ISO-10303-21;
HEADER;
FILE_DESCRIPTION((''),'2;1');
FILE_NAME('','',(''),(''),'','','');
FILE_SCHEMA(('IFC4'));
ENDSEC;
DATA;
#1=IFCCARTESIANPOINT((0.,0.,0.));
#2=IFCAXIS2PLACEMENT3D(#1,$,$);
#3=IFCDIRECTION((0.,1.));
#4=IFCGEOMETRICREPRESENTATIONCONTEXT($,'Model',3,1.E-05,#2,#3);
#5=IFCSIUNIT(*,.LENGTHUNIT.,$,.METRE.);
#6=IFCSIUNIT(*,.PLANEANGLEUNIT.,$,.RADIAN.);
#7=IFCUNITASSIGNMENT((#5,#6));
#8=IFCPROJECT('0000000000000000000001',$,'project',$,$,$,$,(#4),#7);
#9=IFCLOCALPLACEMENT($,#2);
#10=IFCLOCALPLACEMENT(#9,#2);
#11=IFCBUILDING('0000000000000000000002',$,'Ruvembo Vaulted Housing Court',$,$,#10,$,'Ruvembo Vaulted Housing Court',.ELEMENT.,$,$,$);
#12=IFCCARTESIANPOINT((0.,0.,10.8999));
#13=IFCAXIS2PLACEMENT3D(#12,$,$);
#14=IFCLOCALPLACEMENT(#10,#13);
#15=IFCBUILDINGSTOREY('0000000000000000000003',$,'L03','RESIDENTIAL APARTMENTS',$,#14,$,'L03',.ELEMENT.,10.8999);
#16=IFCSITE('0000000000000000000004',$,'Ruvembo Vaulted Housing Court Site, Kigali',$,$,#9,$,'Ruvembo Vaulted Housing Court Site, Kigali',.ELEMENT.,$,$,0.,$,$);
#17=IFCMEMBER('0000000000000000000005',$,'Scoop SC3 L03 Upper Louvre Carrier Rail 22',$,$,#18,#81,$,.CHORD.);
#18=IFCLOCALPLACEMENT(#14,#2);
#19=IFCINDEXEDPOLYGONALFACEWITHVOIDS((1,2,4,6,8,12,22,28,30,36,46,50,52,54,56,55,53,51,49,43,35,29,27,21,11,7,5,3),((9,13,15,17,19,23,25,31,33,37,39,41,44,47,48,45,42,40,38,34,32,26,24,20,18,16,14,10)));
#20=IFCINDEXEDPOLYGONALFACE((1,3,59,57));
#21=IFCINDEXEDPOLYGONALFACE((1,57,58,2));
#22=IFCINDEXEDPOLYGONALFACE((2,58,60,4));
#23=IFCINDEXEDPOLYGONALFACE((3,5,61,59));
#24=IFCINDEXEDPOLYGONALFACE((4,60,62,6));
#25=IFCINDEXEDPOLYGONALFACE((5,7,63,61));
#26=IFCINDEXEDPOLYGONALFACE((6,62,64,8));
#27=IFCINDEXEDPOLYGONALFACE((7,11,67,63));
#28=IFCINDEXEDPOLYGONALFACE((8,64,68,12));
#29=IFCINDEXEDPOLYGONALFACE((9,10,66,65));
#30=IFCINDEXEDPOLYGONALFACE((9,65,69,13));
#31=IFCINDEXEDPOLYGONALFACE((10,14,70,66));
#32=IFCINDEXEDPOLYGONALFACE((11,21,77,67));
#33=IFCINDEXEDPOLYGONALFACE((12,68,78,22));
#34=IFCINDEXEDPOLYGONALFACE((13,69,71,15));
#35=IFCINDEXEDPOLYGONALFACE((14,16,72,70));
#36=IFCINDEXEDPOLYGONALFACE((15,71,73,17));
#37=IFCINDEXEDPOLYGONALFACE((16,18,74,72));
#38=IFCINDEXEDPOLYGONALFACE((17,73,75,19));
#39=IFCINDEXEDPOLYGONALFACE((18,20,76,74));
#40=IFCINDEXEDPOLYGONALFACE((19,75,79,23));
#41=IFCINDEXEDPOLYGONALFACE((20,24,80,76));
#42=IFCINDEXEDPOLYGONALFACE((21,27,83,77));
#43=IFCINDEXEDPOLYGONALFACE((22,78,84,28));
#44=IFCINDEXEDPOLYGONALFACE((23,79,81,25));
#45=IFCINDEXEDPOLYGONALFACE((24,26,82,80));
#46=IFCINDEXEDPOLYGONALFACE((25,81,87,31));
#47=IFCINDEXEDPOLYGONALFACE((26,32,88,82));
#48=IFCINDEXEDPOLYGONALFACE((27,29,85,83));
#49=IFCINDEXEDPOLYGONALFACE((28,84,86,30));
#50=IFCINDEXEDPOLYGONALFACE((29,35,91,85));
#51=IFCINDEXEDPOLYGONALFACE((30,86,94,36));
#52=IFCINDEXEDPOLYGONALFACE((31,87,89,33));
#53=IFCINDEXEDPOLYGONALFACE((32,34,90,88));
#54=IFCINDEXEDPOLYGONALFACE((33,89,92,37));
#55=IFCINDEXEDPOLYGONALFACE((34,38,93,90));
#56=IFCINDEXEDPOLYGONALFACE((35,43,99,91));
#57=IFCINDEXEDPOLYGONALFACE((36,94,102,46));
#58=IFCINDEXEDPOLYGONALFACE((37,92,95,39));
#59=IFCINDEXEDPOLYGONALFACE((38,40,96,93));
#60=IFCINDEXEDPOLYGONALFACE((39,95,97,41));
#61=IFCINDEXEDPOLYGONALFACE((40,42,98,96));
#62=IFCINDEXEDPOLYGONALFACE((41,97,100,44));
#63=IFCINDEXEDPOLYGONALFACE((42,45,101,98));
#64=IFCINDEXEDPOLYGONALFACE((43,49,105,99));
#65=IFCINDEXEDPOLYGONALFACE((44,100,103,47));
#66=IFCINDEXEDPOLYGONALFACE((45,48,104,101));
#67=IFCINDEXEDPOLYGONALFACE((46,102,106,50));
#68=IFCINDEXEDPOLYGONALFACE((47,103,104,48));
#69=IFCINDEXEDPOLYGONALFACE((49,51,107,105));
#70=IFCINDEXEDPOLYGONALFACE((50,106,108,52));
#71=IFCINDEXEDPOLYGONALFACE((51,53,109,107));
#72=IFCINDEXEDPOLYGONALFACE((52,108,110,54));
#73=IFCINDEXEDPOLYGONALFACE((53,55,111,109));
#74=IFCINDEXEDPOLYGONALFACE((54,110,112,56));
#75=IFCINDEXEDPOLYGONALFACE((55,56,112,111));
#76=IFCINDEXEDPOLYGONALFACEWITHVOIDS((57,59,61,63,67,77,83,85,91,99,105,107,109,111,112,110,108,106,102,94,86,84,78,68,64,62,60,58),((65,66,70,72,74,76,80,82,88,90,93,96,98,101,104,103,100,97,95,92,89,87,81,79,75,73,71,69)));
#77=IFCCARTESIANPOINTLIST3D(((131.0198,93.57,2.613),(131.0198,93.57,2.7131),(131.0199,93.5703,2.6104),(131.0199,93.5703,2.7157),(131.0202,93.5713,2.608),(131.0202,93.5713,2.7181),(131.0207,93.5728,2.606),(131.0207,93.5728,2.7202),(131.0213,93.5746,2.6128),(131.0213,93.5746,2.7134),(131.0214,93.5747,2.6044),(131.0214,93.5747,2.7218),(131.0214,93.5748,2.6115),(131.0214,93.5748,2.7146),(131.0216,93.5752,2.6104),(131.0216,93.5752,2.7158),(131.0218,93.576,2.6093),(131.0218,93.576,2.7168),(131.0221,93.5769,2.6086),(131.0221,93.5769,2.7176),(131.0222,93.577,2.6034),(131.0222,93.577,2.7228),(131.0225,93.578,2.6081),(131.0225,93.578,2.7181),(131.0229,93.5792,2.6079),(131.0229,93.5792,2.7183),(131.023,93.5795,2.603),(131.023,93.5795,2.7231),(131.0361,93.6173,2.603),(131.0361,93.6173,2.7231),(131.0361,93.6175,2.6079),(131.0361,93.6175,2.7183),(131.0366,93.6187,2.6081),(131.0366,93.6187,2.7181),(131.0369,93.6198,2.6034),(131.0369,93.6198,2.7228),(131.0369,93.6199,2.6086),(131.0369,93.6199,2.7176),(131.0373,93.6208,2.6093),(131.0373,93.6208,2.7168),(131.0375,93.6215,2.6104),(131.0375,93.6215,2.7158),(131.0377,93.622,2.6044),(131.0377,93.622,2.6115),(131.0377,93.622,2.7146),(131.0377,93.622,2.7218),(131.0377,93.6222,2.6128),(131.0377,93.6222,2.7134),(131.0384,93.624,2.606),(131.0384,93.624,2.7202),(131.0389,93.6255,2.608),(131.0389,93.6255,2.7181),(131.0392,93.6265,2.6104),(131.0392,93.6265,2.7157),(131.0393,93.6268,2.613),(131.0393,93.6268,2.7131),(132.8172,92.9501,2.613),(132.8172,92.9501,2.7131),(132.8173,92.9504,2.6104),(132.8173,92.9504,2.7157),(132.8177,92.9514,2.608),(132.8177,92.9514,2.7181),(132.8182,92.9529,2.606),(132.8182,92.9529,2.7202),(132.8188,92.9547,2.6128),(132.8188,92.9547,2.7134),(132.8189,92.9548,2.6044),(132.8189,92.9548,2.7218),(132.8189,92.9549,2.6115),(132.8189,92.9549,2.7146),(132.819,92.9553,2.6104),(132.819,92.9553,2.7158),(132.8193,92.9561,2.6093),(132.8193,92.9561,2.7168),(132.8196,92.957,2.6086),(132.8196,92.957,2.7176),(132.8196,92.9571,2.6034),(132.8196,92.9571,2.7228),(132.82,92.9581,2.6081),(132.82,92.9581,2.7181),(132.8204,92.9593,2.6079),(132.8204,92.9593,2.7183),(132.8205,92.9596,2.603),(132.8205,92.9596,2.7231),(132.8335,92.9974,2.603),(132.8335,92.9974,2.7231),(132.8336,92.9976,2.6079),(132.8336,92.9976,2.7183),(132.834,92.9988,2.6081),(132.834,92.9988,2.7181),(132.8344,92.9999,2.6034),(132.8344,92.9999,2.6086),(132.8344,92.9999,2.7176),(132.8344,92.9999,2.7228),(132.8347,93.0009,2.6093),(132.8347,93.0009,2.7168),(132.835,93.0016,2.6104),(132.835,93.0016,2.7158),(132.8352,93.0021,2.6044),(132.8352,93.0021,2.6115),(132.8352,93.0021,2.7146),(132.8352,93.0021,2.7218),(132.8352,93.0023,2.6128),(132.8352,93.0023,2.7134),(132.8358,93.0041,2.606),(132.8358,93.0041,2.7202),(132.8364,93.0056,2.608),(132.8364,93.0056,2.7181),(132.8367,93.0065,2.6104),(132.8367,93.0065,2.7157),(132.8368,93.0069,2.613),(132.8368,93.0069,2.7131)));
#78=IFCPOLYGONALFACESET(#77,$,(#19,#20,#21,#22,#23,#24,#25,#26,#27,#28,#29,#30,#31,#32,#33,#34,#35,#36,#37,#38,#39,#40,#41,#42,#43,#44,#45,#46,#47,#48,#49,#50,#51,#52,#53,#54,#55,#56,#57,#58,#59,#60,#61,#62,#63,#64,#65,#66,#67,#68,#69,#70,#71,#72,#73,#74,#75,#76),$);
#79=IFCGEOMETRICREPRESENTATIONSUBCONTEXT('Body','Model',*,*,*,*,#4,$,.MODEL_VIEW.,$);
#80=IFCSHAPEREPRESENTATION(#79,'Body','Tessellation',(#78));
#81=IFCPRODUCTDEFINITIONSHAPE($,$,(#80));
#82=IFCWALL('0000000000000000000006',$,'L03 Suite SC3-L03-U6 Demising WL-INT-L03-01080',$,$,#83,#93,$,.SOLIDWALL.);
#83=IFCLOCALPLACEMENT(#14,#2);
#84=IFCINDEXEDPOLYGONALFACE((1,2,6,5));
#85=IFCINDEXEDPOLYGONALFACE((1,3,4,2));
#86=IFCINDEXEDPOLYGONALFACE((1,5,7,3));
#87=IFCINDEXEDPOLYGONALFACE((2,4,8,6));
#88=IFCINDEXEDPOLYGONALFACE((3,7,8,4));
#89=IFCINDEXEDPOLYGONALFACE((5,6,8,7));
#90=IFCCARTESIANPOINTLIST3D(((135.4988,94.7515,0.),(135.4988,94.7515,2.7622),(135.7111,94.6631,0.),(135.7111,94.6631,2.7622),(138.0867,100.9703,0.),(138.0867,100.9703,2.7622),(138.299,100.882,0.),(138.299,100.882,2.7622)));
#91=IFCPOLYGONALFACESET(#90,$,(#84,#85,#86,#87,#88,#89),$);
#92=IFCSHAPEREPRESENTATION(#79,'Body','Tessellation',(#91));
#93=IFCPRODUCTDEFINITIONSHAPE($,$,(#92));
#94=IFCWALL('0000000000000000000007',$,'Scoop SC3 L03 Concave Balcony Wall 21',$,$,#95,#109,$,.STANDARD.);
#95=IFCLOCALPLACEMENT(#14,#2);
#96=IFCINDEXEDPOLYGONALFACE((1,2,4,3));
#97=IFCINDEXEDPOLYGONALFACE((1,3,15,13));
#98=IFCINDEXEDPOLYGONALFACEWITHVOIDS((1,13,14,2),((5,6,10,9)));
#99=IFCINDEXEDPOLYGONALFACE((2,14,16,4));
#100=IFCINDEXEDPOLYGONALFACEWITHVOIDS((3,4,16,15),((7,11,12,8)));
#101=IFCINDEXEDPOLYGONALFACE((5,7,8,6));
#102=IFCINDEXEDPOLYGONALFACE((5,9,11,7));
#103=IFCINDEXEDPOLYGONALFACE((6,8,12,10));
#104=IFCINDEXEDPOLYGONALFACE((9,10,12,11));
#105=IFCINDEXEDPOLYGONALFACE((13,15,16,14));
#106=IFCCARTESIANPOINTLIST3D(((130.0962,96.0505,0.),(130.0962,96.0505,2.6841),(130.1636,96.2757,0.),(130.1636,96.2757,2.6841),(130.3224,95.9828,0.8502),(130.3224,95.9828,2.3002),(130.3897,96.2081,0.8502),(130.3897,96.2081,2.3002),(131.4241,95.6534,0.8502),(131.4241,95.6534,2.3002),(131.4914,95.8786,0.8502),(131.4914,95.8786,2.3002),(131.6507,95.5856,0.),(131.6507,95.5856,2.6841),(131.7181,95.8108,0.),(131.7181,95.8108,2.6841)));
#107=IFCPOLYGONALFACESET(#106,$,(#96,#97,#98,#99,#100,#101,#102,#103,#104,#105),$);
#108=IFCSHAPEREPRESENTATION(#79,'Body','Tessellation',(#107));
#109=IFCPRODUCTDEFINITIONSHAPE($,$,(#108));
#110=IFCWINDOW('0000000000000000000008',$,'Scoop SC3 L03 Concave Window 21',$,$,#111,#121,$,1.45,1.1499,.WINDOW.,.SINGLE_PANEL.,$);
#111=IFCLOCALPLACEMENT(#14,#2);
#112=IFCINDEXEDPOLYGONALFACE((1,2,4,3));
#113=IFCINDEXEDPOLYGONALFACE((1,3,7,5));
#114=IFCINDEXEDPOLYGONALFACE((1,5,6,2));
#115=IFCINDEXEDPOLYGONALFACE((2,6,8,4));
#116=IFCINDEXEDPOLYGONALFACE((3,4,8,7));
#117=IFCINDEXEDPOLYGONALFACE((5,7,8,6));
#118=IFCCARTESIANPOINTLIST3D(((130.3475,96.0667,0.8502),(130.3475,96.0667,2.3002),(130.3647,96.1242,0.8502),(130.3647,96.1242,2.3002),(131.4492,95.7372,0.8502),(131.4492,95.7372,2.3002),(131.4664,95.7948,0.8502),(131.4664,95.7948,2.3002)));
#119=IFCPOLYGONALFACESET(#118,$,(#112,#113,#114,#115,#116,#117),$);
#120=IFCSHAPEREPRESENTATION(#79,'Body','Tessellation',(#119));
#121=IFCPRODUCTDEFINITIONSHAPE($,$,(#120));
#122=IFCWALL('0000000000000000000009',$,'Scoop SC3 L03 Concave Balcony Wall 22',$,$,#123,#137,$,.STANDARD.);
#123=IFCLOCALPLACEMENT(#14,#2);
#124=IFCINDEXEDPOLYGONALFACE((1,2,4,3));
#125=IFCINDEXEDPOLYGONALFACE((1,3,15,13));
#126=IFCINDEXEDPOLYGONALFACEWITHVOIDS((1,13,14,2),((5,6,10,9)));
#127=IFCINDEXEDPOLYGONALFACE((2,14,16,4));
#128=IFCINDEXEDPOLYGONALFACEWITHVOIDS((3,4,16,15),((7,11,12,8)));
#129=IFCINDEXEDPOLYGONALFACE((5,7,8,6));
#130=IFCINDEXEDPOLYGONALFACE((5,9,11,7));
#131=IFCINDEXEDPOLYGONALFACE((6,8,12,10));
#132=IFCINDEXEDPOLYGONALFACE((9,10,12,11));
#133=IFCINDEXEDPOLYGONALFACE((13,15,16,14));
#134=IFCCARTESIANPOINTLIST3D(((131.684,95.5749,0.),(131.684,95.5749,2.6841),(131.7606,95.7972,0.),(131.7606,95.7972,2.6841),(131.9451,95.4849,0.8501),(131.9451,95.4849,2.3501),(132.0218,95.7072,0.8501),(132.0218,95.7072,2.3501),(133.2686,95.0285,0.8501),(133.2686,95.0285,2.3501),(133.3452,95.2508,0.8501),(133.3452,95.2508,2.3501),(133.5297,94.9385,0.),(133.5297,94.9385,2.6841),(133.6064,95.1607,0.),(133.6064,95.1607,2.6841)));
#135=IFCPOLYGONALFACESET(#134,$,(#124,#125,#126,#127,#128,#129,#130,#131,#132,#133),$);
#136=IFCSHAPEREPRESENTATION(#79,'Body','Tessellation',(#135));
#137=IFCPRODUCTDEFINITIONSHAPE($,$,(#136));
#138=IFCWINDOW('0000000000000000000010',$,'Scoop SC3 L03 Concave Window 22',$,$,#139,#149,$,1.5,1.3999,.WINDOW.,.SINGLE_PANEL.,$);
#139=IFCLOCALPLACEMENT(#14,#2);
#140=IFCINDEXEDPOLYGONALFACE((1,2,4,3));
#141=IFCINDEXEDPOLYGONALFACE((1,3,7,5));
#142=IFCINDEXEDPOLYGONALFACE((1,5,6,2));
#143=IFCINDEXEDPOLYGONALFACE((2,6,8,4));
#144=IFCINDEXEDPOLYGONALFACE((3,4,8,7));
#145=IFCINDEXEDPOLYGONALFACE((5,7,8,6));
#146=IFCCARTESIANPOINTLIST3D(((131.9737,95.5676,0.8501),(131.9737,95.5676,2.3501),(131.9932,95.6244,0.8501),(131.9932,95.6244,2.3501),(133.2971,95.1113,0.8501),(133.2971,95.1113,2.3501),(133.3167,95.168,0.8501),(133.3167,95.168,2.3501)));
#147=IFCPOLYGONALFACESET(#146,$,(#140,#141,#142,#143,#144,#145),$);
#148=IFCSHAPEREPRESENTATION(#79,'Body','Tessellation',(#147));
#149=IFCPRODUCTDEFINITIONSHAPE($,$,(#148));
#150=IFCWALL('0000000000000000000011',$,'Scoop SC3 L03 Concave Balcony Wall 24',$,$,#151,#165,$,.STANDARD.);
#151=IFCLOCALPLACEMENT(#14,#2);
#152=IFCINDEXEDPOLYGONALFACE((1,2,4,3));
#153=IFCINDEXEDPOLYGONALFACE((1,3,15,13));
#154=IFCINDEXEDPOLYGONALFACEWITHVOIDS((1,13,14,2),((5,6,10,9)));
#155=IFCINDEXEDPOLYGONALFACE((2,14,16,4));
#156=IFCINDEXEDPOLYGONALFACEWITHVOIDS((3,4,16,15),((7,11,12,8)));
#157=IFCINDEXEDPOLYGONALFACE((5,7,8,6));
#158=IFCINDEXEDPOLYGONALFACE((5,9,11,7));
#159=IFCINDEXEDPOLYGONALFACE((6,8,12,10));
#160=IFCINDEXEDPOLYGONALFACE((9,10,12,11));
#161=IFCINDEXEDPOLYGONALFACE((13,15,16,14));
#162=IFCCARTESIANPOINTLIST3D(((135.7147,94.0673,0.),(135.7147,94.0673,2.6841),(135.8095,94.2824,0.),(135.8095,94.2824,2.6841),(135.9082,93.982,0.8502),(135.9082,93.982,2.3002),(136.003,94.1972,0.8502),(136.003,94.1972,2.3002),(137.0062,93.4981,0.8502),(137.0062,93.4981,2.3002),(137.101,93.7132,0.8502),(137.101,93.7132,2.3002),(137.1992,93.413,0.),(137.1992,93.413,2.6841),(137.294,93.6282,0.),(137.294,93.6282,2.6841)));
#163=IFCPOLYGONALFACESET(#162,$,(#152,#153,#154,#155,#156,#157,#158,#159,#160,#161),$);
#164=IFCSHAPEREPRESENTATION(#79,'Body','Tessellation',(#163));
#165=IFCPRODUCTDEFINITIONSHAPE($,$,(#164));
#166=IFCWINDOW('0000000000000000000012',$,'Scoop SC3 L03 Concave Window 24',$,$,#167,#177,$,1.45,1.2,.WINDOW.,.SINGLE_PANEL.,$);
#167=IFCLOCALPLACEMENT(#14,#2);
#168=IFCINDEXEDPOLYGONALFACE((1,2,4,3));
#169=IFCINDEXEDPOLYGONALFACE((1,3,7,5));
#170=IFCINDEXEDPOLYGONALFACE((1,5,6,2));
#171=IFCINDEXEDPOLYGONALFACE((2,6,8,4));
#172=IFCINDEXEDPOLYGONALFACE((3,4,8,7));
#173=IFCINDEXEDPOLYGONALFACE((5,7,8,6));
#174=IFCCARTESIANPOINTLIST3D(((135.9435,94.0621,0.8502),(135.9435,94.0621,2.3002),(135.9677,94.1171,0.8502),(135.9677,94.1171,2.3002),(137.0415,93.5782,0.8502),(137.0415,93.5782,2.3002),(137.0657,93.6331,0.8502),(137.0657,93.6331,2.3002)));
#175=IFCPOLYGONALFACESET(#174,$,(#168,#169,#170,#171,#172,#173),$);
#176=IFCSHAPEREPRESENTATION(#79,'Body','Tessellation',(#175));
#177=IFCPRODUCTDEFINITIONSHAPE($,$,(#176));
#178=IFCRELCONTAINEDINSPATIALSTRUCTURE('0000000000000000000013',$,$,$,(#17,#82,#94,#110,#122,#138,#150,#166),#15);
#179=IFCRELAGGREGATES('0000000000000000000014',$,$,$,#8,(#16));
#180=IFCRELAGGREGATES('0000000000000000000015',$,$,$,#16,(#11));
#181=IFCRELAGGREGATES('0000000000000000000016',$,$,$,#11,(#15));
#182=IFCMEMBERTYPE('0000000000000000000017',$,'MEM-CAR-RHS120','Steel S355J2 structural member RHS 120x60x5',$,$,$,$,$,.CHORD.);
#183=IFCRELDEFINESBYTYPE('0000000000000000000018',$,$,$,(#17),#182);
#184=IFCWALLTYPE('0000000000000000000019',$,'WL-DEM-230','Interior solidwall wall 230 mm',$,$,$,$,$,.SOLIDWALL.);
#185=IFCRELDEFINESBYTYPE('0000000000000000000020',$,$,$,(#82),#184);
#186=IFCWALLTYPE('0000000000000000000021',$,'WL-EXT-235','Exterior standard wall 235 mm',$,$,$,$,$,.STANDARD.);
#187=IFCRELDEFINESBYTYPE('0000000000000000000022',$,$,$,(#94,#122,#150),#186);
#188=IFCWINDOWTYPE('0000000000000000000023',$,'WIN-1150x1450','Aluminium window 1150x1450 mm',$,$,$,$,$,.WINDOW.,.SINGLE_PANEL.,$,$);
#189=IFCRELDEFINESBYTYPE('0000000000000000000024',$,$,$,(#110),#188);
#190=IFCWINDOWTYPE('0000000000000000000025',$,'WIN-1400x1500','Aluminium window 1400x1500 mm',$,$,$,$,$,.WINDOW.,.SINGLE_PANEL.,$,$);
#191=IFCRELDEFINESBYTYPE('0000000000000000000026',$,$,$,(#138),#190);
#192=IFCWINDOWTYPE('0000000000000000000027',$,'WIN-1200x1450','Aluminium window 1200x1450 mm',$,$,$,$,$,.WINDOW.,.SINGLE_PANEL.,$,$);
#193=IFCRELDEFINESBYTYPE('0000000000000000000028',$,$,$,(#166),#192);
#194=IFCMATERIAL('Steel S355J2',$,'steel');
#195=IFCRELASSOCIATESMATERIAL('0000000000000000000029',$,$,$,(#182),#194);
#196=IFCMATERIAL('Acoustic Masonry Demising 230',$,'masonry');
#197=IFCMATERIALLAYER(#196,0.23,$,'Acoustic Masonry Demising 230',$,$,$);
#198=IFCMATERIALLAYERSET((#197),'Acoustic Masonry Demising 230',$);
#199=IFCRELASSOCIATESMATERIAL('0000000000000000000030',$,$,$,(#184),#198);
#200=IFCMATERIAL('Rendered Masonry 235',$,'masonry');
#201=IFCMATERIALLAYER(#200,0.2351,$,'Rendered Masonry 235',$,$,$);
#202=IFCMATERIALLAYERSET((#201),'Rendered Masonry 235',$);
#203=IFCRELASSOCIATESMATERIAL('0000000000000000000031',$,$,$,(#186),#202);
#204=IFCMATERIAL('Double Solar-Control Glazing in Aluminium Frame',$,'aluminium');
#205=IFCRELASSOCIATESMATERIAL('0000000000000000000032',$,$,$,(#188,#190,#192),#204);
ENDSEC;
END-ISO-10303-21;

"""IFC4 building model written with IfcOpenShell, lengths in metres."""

from ifc_helpers import new_model, si_unit, direction, frame, frame_2d, origin, origin_2d, place, context, subcontext, project, spatial, rectangle, hollow_rectangle, extrude, material, layer, layer_set, material_profile, profile_set, type_object, element, fill, save


model = new_model("IFC4")

# Units and contexts
model_context = context("Model", 3, precision=1e-05, world=origin(), true_north=direction((0.0, 1.0)))
body_context = subcontext(model_context, "Body", "Model", "MODEL_VIEW")
ifc_project = project(units=[si_unit("LENGTHUNIT", "METRE"), si_unit("PLANEANGLEUNIT", "RADIAN")], contexts=[model_context])

# Site, building, storey
site_placement = place(None, origin())
site = spatial("IfcSite", under=ifc_project, at=site_placement, Name="Ruvembo Vaulted Housing Court Site, Kigali", LongName="Ruvembo Vaulted Housing Court Site, Kigali", CompositionType="ELEMENT", RefElevation=0.0)
building_placement = place(site_placement, origin())
building = spatial("IfcBuilding", under=site, at=building_placement, Name="Ruvembo Vaulted Housing Court", LongName="Ruvembo Vaulted Housing Court", CompositionType="ELEMENT")
storey_placement = place(building_placement, frame((0.0, 0.0, 10.8999)))
storey = spatial("IfcBuildingStorey", under=building, at=storey_placement, Name="L03", Description="RESIDENTIAL APARTMENTS", LongName="L03", CompositionType="ELEMENT", Elevation=10.8999)

# Shared definitions
ifc_material_1 = material(Name="Steel S355J2", Category="steel")

# Member
ifc_material_profile_1 = material_profile(ifc_material_1, hollow_rectangle(XDim=0.0601, YDim=0.1201, WallThickness=0.0049, InnerFilletRadius=0.0049, OuterFilletRadius=0.01, at=origin_2d()), Name="RHS 120x60x5")
ifc_profile_set_1 = profile_set([ifc_material_profile_1], Name="Steel S355J2")
member_type = type_object("IfcMemberType", Name="MEM-CAR-RHS120", Description="Steel S355J2 structural member RHS 120x60x5", PredefinedType="CHORD", material=ifc_profile_set_1)
member_placement = place(storey_placement, frame((131.0295, 93.5984, 2.6631), z_axis=(0.945358, -0.326034, 0.0), x_axis=(0.326034, 0.945358, 0.0)))
element("IfcMember", 1, at=member_placement, inside=storey, type_object=member_type, Name="Scoop SC3 L03 Upper Louvre Carrier Rail 22", PredefinedType="CHORD", context=body_context, shape_type="SweptSolid", body=[
    extrude(hollow_rectangle(XDim=0.0601, YDim=0.1201, WallThickness=0.0049, InnerFilletRadius=0.0049, OuterFilletRadius=0.01, at=origin_2d()), origin(), (0.0, 0.0, 1.0), 1.9014),
])

# Wall
ifc_material_2 = material(Name="Acoustic Masonry Demising 230", Category="masonry")
ifc_layer_1 = layer(ifc_material_2, 0.23, Name="Acoustic Masonry Demising 230")
ifc_layer_set_1 = layer_set([ifc_layer_1], Name="Acoustic Masonry Demising 230")
wall_type_1 = type_object("IfcWallType", Name="WL-DEM-230", Description="Interior solidwall wall 230 mm", PredefinedType="SOLIDWALL", material=ifc_layer_set_1)
wall_1_placement = place(storey_placement, frame((135.605, 94.7073, 0.0), z_axis=(0.0, 0.0, 1.0), x_axis=(0.384191, 0.923254, 0.0)))
element("IfcWall", 2, at=wall_1_placement, inside=storey, type_object=wall_type_1, Name="L03 Suite SC3-L03-U6 Demising WL-INT-L03-01080", PredefinedType="SOLIDWALL", context=body_context, shape_type="SweptSolid", body=[
    extrude(rectangle(XDim=6.7358, YDim=0.23, at=frame_2d((3.3679, 0.0))), origin(), (0.0, 0.0, 1.0), 2.7622),
])

# Walls, openings, windows
ifc_material_3 = material(Name="Rendered Masonry 235", Category="masonry")
ifc_layer_2 = layer(ifc_material_3, 0.2351, Name="Rendered Masonry 235")
ifc_layer_set_2 = layer_set([ifc_layer_2], Name="Rendered Masonry 235")
wall_type_2 = type_object("IfcWallType", Name="WL-EXT-235", Description="Exterior standard wall 235 mm", PredefinedType="STANDARD", material=ifc_layer_set_2)
wall_2_placement = place(storey_placement, frame((130.1299, 96.1631, 0.0), z_axis=(0.0, 0.0, 1.0), x_axis=(0.958079, -0.286506, 0.0)))
wall_2 = element("IfcWall", 3, at=wall_2_placement, inside=storey, type_object=wall_type_2, Name="Scoop SC3 L03 Concave Balcony Wall 21", PredefinedType="STANDARD", context=body_context, shape_type="SweptSolid", body=[
    extrude(rectangle(XDim=1.6226, YDim=0.2351, at=frame_2d((0.8113, 0.0))), origin(), (0.0, 0.0, 1.0), 2.6841),
])
opening_1_placement = place(wall_2_placement, frame((0.2361, 0.0, 0.8501)))
opening_1 = element("IfcOpeningElement", 4, at=opening_1_placement, cuts=wall_2, PredefinedType="OPENING", context=body_context, shape_type="SweptSolid", body=[
    extrude(rectangle(XDim=1.1499, YDim=1.45, at=frame_2d((0.575, 0.7251))), frame((0.0, 0.1274, 0.0), z_axis=(0.0, -1.0, 0.0), x_axis=(1.0, 0.0, 0.0)), (0.0, 0.0, 1.0), 0.2551),
])
ifc_material_4 = material(Name="Double Solar-Control Glazing in Aluminium Frame", Category="aluminium")
window_type_1 = type_object("IfcWindowType", Name="WIN-1150x1450", Description="Aluminium window 1150x1450 mm", PartitioningType="SINGLE_PANEL", PredefinedType="WINDOW", material=ifc_material_4)
window_1_placement = place(opening_1_placement, origin())
window_1 = element("IfcWindow", 5, at=window_1_placement, inside=storey, type_object=window_type_1, Name="Scoop SC3 L03 Concave Window 21", OverallHeight=1.45, OverallWidth=1.1499, PartitioningType="SINGLE_PANEL", PredefinedType="WINDOW", context=body_context, shape_type="SweptSolid", body=[
    extrude(rectangle(XDim=1.1499, YDim=1.45, at=frame_2d((0.575, 0.7251))), frame((0.0, 0.03, 0.0), z_axis=(0.0, -1.0, 0.0), x_axis=(1.0, 0.0, 0.0)), (0.0, 0.0, 1.0), 0.0601),
])
fill(opening_1, window_1)
wall_3_placement = place(storey_placement, frame((131.7224, 95.686, 0.0), z_axis=(0.0, 0.0, 1.0), x_axis=(0.945369, -0.326002, 0.0)))
wall_3 = element("IfcWall", 6, at=wall_3_placement, inside=storey, type_object=wall_type_2, Name="Scoop SC3 L03 Concave Balcony Wall 22", PredefinedType="STANDARD", context=body_context, shape_type="SweptSolid", body=[
    extrude(rectangle(XDim=1.9524, YDim=0.2351, at=frame_2d((0.9761, 0.0))), origin(), (0.0, 0.0, 1.0), 2.6841),
])
opening_2_placement = place(wall_3_placement, frame((0.2761, 0.0, 0.8501)))
opening_2 = element("IfcOpeningElement", 7, at=opening_2_placement, cuts=wall_3, PredefinedType="OPENING", context=body_context, shape_type="SweptSolid", body=[
    extrude(rectangle(XDim=1.3999, YDim=1.5, at=frame_2d((0.7, 0.75))), frame((0.0, 0.1274, 0.0), z_axis=(0.0, -1.0, 0.0), x_axis=(1.0, 0.0, 0.0)), (0.0, 0.0, 1.0), 0.2551),
])
window_type_2 = type_object("IfcWindowType", Name="WIN-1400x1500", Description="Aluminium window 1400x1500 mm", PartitioningType="SINGLE_PANEL", PredefinedType="WINDOW", material=ifc_material_4)
window_2_placement = place(opening_2_placement, origin())
window_2 = element("IfcWindow", 8, at=window_2_placement, inside=storey, type_object=window_type_2, Name="Scoop SC3 L03 Concave Window 22", OverallHeight=1.5, OverallWidth=1.3999, PartitioningType="SINGLE_PANEL", PredefinedType="WINDOW", context=body_context, shape_type="SweptSolid", body=[
    extrude(rectangle(XDim=1.3999, YDim=1.5, at=frame_2d((0.7, 0.75))), frame((0.0, 0.03, 0.0), z_axis=(0.0, -1.0, 0.0), x_axis=(1.0, 0.0, 0.0)), (0.0, 0.0, 1.0), 0.0601),
])
fill(opening_2, window_2)

# Wall, opening, window
wall_4_placement = place(storey_placement, frame((135.7622, 94.1748, 0.0), z_axis=(0.0, 0.0, 1.0), x_axis=(0.915073, -0.403288, 0.0)))
wall_4 = element("IfcWall", 9, at=wall_4_placement, inside=storey, type_object=wall_type_2, Name="Scoop SC3 L03 Concave Balcony Wall 24", PredefinedType="STANDARD", context=body_context, shape_type="SweptSolid", body=[
    extrude(rectangle(XDim=1.6223, YDim=0.2351, at=frame_2d((0.811, 0.0))), origin(), (0.0, 0.0, 1.0), 2.6841),
])
opening_3_placement = place(wall_4_placement, frame((0.2112, 0.0, 0.8501)))
opening_3 = element("IfcOpeningElement", 10, at=opening_3_placement, cuts=wall_4, PredefinedType="OPENING", context=body_context, shape_type="SweptSolid", body=[
    extrude(rectangle(XDim=1.2, YDim=1.45, at=frame_2d((0.6001, 0.7251))), frame((0.0, 0.1274, 0.0), z_axis=(0.0, -1.0, 0.0), x_axis=(1.0, 0.0, 0.0)), (0.0, 0.0, 1.0), 0.2551),
])
window_type_3 = type_object("IfcWindowType", Name="WIN-1200x1450", Description="Aluminium window 1200x1450 mm", PartitioningType="SINGLE_PANEL", PredefinedType="WINDOW", material=ifc_material_4)
window_3_placement = place(opening_3_placement, origin())
window_3 = element("IfcWindow", 11, at=window_3_placement, inside=storey, type_object=window_type_3, Name="Scoop SC3 L03 Concave Window 24", OverallHeight=1.45, OverallWidth=1.2, PartitioningType="SINGLE_PANEL", PredefinedType="WINDOW", context=body_context, shape_type="SweptSolid", body=[
    extrude(rectangle(XDim=1.2, YDim=1.45, at=frame_2d((0.6001, 0.7251))), frame((0.0, 0.03, 0.0), z_axis=(0.0, -1.0, 0.0), x_axis=(1.0, 0.0, 0.0)), (0.0, 0.0, 1.0), 0.0601),
])
fill(opening_3, window_3)

save(model, "model.ifc")
